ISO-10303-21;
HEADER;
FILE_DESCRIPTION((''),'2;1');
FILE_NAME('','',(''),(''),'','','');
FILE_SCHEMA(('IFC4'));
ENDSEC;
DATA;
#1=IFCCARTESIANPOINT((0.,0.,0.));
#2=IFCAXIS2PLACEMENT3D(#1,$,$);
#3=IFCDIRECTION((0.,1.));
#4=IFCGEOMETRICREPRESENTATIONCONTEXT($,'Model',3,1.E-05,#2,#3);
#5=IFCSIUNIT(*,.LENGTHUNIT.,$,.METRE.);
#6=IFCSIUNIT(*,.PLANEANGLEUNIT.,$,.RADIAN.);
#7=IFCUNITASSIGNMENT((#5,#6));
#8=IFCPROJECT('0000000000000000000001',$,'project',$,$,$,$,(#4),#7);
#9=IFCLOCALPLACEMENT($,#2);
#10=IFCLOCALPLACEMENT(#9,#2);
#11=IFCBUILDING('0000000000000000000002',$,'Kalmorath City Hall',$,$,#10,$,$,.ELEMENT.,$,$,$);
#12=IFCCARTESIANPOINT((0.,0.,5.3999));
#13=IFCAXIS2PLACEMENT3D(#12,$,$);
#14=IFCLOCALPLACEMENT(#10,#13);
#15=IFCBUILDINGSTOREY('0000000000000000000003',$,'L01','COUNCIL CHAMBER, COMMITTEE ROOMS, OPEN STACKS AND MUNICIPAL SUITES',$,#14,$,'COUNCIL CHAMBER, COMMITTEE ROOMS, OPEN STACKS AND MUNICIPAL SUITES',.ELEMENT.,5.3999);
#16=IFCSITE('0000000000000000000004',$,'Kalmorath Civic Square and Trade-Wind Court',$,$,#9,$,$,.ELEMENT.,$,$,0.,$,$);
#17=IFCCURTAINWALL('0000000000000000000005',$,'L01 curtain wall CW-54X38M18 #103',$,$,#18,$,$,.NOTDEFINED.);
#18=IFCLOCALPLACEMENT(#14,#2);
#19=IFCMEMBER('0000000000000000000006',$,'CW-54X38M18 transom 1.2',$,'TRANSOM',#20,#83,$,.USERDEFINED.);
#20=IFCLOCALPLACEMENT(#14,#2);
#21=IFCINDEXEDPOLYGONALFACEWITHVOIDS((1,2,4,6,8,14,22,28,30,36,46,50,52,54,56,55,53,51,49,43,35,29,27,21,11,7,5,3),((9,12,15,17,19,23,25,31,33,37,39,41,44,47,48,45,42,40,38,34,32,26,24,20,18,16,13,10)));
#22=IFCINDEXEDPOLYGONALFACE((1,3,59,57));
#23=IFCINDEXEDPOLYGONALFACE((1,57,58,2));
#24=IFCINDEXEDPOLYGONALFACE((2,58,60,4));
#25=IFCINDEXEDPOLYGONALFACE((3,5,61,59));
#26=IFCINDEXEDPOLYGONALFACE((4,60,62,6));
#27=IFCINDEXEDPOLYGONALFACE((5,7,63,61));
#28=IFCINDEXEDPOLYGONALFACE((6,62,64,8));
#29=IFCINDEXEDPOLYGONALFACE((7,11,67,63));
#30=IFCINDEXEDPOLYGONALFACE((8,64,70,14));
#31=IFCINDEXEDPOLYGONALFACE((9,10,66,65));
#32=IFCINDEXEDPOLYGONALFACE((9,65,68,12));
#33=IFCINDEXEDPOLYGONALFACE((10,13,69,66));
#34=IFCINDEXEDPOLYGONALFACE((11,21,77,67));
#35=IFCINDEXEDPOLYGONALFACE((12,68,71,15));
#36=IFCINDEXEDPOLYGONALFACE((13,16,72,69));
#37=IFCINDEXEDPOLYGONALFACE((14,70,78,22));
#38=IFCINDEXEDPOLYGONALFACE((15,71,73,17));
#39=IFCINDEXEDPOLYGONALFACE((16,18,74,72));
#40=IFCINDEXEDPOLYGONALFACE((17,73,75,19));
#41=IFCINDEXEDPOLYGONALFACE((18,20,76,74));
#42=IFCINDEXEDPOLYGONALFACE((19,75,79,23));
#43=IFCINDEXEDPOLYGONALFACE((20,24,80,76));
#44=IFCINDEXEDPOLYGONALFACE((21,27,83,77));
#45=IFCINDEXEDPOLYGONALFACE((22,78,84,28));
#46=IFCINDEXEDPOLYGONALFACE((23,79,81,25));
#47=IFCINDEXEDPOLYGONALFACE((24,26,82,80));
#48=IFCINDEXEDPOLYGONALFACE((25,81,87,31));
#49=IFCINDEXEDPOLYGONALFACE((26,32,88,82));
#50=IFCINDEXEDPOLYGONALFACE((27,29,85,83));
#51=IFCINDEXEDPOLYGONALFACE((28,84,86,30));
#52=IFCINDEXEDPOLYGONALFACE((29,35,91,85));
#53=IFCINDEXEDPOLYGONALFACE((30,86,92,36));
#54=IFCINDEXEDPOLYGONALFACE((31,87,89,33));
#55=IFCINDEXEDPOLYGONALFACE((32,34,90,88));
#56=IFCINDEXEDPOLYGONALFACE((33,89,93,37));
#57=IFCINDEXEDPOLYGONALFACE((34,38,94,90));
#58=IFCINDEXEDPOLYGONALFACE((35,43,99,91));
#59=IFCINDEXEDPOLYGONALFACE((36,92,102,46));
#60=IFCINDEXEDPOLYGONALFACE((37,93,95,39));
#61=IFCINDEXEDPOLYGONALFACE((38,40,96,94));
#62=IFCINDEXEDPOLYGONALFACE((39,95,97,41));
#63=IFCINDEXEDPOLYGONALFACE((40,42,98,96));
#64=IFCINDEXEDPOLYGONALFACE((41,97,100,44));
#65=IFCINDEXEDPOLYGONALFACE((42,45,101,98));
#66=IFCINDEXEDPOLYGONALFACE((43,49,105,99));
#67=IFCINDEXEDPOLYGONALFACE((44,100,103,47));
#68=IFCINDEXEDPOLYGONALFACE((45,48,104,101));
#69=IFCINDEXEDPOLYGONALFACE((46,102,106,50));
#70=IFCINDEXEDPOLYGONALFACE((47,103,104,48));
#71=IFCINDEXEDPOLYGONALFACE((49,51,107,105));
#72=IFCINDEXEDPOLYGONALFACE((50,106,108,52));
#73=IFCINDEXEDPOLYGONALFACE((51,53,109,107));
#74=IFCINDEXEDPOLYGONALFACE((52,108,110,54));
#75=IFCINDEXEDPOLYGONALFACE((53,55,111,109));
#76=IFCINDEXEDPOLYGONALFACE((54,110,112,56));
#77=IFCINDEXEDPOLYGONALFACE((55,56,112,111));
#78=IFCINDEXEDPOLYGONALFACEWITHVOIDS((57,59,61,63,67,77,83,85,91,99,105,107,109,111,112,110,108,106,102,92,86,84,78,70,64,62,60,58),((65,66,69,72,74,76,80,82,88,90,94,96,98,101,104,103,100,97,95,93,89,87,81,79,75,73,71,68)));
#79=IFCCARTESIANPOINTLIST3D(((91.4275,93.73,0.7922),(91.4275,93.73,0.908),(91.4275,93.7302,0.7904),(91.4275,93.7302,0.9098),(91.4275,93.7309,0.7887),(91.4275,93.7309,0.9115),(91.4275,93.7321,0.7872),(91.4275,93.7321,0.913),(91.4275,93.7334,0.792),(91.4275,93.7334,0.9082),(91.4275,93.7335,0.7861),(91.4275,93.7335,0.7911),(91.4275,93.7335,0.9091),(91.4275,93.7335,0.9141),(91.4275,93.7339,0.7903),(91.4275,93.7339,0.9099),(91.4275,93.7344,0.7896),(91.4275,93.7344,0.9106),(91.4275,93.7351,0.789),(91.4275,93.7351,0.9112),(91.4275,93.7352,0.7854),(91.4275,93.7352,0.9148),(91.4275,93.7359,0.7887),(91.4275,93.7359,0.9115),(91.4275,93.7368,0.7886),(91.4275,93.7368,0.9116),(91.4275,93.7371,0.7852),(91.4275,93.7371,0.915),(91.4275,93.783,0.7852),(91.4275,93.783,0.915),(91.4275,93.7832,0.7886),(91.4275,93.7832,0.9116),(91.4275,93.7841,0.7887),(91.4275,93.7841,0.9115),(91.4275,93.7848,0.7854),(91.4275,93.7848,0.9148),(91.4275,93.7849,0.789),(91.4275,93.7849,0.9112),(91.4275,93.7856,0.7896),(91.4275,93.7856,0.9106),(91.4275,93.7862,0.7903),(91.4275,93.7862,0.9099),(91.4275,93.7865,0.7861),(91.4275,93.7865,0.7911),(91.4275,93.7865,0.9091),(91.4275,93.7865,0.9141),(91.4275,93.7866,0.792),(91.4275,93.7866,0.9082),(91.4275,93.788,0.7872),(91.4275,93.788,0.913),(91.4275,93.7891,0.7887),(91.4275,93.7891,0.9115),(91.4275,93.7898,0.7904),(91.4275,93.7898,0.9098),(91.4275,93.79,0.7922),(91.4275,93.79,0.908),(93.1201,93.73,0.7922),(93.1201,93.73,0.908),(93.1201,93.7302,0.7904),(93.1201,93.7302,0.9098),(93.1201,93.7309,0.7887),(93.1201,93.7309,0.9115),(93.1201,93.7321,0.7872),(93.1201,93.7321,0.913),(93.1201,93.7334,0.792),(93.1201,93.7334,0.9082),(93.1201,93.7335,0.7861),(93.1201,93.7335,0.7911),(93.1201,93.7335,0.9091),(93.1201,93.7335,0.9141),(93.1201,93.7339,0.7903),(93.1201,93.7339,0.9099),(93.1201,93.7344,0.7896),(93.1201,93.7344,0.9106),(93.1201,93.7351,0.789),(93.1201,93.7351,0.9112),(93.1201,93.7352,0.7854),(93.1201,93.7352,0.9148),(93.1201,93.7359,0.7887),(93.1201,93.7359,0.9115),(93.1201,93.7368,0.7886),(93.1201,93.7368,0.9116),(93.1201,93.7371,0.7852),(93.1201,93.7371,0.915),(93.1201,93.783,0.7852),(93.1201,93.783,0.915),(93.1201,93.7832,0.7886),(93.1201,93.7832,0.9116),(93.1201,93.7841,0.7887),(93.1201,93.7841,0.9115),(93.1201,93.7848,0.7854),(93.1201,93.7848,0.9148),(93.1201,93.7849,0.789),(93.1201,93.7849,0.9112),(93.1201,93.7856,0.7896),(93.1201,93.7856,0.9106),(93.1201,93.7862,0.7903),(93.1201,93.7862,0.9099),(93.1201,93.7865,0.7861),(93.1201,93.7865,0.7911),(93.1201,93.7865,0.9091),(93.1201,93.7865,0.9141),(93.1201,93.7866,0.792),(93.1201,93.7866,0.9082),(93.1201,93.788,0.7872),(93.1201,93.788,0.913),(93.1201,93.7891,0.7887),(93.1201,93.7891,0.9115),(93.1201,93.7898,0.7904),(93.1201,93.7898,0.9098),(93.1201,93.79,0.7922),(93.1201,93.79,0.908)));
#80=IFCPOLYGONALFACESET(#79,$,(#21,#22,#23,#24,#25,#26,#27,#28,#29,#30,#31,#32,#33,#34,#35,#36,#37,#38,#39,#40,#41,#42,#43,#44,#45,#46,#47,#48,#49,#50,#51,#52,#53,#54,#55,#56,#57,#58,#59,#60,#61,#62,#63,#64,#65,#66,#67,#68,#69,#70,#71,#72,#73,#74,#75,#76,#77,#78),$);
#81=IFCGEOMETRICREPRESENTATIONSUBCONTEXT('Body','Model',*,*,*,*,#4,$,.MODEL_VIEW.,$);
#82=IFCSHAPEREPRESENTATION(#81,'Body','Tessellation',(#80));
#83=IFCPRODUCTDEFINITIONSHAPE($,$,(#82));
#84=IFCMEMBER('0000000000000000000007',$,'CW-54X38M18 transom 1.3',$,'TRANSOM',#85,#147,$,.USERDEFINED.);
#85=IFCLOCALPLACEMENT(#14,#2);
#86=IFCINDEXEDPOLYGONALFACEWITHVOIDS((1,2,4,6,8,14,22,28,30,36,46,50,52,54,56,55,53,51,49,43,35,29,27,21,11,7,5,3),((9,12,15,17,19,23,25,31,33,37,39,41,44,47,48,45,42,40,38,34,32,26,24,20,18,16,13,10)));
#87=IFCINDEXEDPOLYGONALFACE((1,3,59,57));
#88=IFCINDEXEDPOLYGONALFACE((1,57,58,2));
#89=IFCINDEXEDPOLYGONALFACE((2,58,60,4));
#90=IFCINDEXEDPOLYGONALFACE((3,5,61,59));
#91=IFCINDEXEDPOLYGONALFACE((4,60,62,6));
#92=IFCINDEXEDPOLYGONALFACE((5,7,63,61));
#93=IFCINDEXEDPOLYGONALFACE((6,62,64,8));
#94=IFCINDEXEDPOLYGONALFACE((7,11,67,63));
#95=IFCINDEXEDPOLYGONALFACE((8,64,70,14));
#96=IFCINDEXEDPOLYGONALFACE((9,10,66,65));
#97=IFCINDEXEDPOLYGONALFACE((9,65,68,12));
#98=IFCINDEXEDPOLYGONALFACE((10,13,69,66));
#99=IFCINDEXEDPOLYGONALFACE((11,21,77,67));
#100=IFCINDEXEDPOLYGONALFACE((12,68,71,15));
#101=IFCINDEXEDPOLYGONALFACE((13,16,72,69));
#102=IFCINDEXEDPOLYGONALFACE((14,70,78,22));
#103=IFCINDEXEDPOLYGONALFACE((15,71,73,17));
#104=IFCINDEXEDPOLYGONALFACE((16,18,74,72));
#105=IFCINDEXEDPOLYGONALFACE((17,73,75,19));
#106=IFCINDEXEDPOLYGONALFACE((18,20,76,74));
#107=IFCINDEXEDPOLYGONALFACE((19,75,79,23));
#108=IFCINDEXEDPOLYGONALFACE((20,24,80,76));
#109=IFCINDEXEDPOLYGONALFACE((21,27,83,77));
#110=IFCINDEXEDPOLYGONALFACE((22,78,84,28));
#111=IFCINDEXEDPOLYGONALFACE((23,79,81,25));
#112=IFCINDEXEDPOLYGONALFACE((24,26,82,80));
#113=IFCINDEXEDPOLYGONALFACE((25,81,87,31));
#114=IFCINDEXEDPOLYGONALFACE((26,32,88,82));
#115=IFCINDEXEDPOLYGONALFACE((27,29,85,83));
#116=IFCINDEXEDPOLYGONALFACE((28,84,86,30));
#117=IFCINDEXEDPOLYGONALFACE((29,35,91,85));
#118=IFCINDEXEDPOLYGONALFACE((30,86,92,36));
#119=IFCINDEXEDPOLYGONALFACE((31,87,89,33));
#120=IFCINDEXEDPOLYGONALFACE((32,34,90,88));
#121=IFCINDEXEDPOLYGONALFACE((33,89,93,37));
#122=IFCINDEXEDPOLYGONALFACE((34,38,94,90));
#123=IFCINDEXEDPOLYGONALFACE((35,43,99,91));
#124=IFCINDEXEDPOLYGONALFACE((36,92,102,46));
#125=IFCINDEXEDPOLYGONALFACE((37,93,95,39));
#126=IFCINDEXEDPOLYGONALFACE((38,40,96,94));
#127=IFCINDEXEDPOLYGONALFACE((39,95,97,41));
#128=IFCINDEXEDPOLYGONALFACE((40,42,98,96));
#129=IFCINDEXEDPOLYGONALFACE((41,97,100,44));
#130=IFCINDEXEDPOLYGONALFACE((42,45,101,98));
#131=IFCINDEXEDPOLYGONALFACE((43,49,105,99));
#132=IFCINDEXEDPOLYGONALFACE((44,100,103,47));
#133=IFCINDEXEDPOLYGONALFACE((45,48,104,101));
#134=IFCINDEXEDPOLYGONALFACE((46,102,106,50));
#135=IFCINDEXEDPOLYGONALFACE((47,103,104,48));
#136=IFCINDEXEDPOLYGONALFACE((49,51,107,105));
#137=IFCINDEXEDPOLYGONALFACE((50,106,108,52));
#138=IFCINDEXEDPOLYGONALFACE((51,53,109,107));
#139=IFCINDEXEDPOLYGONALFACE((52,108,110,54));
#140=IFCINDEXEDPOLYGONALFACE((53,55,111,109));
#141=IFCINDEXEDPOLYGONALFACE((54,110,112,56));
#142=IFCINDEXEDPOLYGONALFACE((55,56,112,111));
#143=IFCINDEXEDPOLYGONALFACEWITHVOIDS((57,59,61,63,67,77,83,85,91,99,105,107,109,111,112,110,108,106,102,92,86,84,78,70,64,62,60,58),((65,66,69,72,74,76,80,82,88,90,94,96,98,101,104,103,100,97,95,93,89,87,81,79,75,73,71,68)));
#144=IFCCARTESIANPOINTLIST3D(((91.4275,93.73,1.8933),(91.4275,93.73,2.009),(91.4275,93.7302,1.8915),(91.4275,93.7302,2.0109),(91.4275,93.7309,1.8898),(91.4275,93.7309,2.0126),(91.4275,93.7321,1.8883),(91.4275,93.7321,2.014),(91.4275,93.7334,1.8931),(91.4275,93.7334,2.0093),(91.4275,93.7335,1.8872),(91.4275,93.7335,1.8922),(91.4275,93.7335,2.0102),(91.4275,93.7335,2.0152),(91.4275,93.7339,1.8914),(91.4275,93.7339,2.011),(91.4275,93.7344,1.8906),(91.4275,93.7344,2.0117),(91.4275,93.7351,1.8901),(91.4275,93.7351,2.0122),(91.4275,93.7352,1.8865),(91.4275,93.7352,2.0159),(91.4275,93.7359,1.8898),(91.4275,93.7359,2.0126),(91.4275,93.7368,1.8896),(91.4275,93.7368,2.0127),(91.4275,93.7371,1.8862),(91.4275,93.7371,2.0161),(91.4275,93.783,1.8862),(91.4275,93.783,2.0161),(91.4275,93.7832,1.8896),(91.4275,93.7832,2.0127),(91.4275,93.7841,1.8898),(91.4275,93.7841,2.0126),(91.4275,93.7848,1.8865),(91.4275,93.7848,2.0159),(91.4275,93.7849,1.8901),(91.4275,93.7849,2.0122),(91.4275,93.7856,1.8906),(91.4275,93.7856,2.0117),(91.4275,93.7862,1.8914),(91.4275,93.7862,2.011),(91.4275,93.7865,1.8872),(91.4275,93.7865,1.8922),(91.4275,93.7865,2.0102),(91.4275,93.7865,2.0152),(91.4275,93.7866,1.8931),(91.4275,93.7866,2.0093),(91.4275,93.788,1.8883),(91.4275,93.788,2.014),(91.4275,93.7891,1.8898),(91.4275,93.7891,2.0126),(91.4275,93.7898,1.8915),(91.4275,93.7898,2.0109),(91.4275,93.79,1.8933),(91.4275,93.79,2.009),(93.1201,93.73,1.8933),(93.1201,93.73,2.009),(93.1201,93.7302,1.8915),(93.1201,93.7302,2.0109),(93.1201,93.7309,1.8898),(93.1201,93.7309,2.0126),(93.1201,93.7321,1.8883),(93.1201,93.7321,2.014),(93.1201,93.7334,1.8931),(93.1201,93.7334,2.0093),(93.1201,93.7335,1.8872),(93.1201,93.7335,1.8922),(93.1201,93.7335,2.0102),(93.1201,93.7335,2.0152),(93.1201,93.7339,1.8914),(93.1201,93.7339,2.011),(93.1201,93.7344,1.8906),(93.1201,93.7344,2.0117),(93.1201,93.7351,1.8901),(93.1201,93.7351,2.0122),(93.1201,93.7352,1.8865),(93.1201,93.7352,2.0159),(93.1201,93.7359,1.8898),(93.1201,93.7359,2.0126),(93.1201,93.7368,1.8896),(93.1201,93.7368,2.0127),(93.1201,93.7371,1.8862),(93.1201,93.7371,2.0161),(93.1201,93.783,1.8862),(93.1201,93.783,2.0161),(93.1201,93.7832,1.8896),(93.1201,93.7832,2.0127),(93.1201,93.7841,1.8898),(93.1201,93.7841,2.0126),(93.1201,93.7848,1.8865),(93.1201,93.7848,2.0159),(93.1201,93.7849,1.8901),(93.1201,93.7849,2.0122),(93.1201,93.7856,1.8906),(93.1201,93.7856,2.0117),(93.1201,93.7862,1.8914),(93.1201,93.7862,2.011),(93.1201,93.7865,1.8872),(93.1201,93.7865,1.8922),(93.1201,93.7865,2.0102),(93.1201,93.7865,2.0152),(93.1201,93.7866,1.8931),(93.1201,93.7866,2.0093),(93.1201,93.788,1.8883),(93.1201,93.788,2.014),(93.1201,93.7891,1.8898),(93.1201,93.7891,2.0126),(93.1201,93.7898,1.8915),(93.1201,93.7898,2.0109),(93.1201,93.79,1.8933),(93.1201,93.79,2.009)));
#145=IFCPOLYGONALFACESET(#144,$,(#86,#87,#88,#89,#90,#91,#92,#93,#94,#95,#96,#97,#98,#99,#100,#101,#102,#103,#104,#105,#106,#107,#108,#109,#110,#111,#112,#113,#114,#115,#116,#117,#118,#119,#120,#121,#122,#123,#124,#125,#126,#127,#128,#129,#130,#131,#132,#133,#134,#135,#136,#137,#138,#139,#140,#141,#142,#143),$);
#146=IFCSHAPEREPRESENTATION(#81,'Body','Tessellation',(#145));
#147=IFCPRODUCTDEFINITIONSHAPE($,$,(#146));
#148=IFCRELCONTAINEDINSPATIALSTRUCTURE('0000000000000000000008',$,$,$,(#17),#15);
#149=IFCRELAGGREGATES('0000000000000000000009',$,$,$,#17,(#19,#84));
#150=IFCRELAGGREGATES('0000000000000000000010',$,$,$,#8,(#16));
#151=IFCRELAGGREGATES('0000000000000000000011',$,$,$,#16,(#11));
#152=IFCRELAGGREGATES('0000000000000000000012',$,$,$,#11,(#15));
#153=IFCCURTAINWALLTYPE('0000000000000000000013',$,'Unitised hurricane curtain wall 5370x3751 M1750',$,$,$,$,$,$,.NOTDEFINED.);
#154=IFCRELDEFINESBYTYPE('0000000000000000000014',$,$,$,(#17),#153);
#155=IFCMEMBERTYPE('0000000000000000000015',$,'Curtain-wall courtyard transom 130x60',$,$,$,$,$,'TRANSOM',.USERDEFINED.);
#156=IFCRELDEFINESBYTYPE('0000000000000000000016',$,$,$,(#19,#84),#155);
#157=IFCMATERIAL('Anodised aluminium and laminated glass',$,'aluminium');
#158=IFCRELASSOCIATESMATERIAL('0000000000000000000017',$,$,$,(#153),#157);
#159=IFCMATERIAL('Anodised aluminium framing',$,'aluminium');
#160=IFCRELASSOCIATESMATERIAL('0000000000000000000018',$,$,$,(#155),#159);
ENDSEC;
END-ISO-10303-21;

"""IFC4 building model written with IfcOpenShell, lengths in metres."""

from ifc_helpers import new_model, si_unit, direction, frame, origin, origin_2d, place, context, subcontext, project, spatial, hollow_rectangle, extrude, material, material_profile, profile_set, type_object, element, aggregate, save


model = new_model("IFC4")

# Units and contexts
model_context = context("Model", 3, precision=1e-05, world=origin(), true_north=direction((0.0, 1.0)))
body_context = subcontext(model_context, "Body", "Model", "MODEL_VIEW")
ifc_project = project(units=[si_unit("LENGTHUNIT", "METRE"), si_unit("PLANEANGLEUNIT", "RADIAN")], contexts=[model_context])

# Site, building, storey
site_placement = place(None, origin())
site = spatial("IfcSite", under=ifc_project, at=site_placement, Name="Kalmorath Civic Square and Trade-Wind Court", CompositionType="ELEMENT", RefElevation=0.0)
building_placement = place(site_placement, origin())
building = spatial("IfcBuilding", under=site, at=building_placement, Name="Kalmorath City Hall", CompositionType="ELEMENT")
storey_placement = place(building_placement, frame((0.0, 0.0, 5.3999)))
storey = spatial("IfcBuildingStorey", under=building, at=storey_placement, Name="L01", Description="COUNCIL CHAMBER, COMMITTEE ROOMS, OPEN STACKS AND MUNICIPAL SUITES", LongName="COUNCIL CHAMBER, COMMITTEE ROOMS, OPEN STACKS AND MUNICIPAL SUITES", CompositionType="ELEMENT", Elevation=5.3999)

# Curtain wall, members
ifc_material_1 = material(Name="Anodised aluminium and laminated glass", Category="aluminium")
curtain_wall_type = type_object("IfcCurtainWallType", Name="Unitised hurricane curtain wall 5370x3751 M1750", PredefinedType="NOTDEFINED", material=ifc_material_1)
curtain_wall_placement = place(storey_placement, origin())
curtain_wall = element("IfcCurtainWall", 1, at=curtain_wall_placement, inside=storey, type_object=curtain_wall_type, Name="L01 curtain wall CW-54X38M18 #103", PredefinedType="NOTDEFINED")
ifc_material_2 = material(Name="Anodised aluminium framing", Category="aluminium")
ifc_material_profile_1 = material_profile(ifc_material_2, hollow_rectangle(XDim=0.0601, YDim=0.1299, WallThickness=0.0034, InnerFilletRadius=0.0034, OuterFilletRadius=0.0071, at=origin_2d()), Name="ALU-TRN-130X60X3.5")
ifc_profile_set_1 = profile_set([ifc_material_profile_1], Name="Anodised aluminium framing")
member_type_1 = type_object("IfcMemberType", Name="Curtain-wall courtyard transom 130x60", ElementType="TRANSOM", PredefinedType="USERDEFINED", material=ifc_profile_set_1)
member_1_placement = place(storey_placement, frame((93.1201, 93.76, 0.8501), z_axis=(-1.0, 0.0, 0.0), x_axis=(0.0, -1.0, 0.0)))
member_1 = element("IfcMember", 2, at=member_1_placement, type_object=member_type_1, Name="CW-54X38M18 transom 1.2", ObjectType="TRANSOM", PredefinedType="USERDEFINED", context=body_context, shape_type="SweptSolid", body=[
    extrude(hollow_rectangle(XDim=0.0601, YDim=0.1299, WallThickness=0.0034, InnerFilletRadius=0.0034, OuterFilletRadius=0.0071, at=origin_2d()), origin(), (0.0, 0.0, 1.0), 1.6926),
])
member_2_placement = place(storey_placement, frame((93.1201, 93.76, 1.9512), z_axis=(-1.0, 0.0, 0.0), x_axis=(0.0, -1.0, 0.0)))
member_2 = element("IfcMember", 3, at=member_2_placement, type_object=member_type_1, Name="CW-54X38M18 transom 1.3", ObjectType="TRANSOM", PredefinedType="USERDEFINED", context=body_context, shape_type="SweptSolid", body=[
    extrude(hollow_rectangle(XDim=0.0601, YDim=0.1299, WallThickness=0.0034, InnerFilletRadius=0.0034, OuterFilletRadius=0.0071, at=origin_2d()), origin(), (0.0, 0.0, 1.0), 1.6926),
])

aggregate(curtain_wall, [member_1, member_2])

save(model, "model.ifc")
